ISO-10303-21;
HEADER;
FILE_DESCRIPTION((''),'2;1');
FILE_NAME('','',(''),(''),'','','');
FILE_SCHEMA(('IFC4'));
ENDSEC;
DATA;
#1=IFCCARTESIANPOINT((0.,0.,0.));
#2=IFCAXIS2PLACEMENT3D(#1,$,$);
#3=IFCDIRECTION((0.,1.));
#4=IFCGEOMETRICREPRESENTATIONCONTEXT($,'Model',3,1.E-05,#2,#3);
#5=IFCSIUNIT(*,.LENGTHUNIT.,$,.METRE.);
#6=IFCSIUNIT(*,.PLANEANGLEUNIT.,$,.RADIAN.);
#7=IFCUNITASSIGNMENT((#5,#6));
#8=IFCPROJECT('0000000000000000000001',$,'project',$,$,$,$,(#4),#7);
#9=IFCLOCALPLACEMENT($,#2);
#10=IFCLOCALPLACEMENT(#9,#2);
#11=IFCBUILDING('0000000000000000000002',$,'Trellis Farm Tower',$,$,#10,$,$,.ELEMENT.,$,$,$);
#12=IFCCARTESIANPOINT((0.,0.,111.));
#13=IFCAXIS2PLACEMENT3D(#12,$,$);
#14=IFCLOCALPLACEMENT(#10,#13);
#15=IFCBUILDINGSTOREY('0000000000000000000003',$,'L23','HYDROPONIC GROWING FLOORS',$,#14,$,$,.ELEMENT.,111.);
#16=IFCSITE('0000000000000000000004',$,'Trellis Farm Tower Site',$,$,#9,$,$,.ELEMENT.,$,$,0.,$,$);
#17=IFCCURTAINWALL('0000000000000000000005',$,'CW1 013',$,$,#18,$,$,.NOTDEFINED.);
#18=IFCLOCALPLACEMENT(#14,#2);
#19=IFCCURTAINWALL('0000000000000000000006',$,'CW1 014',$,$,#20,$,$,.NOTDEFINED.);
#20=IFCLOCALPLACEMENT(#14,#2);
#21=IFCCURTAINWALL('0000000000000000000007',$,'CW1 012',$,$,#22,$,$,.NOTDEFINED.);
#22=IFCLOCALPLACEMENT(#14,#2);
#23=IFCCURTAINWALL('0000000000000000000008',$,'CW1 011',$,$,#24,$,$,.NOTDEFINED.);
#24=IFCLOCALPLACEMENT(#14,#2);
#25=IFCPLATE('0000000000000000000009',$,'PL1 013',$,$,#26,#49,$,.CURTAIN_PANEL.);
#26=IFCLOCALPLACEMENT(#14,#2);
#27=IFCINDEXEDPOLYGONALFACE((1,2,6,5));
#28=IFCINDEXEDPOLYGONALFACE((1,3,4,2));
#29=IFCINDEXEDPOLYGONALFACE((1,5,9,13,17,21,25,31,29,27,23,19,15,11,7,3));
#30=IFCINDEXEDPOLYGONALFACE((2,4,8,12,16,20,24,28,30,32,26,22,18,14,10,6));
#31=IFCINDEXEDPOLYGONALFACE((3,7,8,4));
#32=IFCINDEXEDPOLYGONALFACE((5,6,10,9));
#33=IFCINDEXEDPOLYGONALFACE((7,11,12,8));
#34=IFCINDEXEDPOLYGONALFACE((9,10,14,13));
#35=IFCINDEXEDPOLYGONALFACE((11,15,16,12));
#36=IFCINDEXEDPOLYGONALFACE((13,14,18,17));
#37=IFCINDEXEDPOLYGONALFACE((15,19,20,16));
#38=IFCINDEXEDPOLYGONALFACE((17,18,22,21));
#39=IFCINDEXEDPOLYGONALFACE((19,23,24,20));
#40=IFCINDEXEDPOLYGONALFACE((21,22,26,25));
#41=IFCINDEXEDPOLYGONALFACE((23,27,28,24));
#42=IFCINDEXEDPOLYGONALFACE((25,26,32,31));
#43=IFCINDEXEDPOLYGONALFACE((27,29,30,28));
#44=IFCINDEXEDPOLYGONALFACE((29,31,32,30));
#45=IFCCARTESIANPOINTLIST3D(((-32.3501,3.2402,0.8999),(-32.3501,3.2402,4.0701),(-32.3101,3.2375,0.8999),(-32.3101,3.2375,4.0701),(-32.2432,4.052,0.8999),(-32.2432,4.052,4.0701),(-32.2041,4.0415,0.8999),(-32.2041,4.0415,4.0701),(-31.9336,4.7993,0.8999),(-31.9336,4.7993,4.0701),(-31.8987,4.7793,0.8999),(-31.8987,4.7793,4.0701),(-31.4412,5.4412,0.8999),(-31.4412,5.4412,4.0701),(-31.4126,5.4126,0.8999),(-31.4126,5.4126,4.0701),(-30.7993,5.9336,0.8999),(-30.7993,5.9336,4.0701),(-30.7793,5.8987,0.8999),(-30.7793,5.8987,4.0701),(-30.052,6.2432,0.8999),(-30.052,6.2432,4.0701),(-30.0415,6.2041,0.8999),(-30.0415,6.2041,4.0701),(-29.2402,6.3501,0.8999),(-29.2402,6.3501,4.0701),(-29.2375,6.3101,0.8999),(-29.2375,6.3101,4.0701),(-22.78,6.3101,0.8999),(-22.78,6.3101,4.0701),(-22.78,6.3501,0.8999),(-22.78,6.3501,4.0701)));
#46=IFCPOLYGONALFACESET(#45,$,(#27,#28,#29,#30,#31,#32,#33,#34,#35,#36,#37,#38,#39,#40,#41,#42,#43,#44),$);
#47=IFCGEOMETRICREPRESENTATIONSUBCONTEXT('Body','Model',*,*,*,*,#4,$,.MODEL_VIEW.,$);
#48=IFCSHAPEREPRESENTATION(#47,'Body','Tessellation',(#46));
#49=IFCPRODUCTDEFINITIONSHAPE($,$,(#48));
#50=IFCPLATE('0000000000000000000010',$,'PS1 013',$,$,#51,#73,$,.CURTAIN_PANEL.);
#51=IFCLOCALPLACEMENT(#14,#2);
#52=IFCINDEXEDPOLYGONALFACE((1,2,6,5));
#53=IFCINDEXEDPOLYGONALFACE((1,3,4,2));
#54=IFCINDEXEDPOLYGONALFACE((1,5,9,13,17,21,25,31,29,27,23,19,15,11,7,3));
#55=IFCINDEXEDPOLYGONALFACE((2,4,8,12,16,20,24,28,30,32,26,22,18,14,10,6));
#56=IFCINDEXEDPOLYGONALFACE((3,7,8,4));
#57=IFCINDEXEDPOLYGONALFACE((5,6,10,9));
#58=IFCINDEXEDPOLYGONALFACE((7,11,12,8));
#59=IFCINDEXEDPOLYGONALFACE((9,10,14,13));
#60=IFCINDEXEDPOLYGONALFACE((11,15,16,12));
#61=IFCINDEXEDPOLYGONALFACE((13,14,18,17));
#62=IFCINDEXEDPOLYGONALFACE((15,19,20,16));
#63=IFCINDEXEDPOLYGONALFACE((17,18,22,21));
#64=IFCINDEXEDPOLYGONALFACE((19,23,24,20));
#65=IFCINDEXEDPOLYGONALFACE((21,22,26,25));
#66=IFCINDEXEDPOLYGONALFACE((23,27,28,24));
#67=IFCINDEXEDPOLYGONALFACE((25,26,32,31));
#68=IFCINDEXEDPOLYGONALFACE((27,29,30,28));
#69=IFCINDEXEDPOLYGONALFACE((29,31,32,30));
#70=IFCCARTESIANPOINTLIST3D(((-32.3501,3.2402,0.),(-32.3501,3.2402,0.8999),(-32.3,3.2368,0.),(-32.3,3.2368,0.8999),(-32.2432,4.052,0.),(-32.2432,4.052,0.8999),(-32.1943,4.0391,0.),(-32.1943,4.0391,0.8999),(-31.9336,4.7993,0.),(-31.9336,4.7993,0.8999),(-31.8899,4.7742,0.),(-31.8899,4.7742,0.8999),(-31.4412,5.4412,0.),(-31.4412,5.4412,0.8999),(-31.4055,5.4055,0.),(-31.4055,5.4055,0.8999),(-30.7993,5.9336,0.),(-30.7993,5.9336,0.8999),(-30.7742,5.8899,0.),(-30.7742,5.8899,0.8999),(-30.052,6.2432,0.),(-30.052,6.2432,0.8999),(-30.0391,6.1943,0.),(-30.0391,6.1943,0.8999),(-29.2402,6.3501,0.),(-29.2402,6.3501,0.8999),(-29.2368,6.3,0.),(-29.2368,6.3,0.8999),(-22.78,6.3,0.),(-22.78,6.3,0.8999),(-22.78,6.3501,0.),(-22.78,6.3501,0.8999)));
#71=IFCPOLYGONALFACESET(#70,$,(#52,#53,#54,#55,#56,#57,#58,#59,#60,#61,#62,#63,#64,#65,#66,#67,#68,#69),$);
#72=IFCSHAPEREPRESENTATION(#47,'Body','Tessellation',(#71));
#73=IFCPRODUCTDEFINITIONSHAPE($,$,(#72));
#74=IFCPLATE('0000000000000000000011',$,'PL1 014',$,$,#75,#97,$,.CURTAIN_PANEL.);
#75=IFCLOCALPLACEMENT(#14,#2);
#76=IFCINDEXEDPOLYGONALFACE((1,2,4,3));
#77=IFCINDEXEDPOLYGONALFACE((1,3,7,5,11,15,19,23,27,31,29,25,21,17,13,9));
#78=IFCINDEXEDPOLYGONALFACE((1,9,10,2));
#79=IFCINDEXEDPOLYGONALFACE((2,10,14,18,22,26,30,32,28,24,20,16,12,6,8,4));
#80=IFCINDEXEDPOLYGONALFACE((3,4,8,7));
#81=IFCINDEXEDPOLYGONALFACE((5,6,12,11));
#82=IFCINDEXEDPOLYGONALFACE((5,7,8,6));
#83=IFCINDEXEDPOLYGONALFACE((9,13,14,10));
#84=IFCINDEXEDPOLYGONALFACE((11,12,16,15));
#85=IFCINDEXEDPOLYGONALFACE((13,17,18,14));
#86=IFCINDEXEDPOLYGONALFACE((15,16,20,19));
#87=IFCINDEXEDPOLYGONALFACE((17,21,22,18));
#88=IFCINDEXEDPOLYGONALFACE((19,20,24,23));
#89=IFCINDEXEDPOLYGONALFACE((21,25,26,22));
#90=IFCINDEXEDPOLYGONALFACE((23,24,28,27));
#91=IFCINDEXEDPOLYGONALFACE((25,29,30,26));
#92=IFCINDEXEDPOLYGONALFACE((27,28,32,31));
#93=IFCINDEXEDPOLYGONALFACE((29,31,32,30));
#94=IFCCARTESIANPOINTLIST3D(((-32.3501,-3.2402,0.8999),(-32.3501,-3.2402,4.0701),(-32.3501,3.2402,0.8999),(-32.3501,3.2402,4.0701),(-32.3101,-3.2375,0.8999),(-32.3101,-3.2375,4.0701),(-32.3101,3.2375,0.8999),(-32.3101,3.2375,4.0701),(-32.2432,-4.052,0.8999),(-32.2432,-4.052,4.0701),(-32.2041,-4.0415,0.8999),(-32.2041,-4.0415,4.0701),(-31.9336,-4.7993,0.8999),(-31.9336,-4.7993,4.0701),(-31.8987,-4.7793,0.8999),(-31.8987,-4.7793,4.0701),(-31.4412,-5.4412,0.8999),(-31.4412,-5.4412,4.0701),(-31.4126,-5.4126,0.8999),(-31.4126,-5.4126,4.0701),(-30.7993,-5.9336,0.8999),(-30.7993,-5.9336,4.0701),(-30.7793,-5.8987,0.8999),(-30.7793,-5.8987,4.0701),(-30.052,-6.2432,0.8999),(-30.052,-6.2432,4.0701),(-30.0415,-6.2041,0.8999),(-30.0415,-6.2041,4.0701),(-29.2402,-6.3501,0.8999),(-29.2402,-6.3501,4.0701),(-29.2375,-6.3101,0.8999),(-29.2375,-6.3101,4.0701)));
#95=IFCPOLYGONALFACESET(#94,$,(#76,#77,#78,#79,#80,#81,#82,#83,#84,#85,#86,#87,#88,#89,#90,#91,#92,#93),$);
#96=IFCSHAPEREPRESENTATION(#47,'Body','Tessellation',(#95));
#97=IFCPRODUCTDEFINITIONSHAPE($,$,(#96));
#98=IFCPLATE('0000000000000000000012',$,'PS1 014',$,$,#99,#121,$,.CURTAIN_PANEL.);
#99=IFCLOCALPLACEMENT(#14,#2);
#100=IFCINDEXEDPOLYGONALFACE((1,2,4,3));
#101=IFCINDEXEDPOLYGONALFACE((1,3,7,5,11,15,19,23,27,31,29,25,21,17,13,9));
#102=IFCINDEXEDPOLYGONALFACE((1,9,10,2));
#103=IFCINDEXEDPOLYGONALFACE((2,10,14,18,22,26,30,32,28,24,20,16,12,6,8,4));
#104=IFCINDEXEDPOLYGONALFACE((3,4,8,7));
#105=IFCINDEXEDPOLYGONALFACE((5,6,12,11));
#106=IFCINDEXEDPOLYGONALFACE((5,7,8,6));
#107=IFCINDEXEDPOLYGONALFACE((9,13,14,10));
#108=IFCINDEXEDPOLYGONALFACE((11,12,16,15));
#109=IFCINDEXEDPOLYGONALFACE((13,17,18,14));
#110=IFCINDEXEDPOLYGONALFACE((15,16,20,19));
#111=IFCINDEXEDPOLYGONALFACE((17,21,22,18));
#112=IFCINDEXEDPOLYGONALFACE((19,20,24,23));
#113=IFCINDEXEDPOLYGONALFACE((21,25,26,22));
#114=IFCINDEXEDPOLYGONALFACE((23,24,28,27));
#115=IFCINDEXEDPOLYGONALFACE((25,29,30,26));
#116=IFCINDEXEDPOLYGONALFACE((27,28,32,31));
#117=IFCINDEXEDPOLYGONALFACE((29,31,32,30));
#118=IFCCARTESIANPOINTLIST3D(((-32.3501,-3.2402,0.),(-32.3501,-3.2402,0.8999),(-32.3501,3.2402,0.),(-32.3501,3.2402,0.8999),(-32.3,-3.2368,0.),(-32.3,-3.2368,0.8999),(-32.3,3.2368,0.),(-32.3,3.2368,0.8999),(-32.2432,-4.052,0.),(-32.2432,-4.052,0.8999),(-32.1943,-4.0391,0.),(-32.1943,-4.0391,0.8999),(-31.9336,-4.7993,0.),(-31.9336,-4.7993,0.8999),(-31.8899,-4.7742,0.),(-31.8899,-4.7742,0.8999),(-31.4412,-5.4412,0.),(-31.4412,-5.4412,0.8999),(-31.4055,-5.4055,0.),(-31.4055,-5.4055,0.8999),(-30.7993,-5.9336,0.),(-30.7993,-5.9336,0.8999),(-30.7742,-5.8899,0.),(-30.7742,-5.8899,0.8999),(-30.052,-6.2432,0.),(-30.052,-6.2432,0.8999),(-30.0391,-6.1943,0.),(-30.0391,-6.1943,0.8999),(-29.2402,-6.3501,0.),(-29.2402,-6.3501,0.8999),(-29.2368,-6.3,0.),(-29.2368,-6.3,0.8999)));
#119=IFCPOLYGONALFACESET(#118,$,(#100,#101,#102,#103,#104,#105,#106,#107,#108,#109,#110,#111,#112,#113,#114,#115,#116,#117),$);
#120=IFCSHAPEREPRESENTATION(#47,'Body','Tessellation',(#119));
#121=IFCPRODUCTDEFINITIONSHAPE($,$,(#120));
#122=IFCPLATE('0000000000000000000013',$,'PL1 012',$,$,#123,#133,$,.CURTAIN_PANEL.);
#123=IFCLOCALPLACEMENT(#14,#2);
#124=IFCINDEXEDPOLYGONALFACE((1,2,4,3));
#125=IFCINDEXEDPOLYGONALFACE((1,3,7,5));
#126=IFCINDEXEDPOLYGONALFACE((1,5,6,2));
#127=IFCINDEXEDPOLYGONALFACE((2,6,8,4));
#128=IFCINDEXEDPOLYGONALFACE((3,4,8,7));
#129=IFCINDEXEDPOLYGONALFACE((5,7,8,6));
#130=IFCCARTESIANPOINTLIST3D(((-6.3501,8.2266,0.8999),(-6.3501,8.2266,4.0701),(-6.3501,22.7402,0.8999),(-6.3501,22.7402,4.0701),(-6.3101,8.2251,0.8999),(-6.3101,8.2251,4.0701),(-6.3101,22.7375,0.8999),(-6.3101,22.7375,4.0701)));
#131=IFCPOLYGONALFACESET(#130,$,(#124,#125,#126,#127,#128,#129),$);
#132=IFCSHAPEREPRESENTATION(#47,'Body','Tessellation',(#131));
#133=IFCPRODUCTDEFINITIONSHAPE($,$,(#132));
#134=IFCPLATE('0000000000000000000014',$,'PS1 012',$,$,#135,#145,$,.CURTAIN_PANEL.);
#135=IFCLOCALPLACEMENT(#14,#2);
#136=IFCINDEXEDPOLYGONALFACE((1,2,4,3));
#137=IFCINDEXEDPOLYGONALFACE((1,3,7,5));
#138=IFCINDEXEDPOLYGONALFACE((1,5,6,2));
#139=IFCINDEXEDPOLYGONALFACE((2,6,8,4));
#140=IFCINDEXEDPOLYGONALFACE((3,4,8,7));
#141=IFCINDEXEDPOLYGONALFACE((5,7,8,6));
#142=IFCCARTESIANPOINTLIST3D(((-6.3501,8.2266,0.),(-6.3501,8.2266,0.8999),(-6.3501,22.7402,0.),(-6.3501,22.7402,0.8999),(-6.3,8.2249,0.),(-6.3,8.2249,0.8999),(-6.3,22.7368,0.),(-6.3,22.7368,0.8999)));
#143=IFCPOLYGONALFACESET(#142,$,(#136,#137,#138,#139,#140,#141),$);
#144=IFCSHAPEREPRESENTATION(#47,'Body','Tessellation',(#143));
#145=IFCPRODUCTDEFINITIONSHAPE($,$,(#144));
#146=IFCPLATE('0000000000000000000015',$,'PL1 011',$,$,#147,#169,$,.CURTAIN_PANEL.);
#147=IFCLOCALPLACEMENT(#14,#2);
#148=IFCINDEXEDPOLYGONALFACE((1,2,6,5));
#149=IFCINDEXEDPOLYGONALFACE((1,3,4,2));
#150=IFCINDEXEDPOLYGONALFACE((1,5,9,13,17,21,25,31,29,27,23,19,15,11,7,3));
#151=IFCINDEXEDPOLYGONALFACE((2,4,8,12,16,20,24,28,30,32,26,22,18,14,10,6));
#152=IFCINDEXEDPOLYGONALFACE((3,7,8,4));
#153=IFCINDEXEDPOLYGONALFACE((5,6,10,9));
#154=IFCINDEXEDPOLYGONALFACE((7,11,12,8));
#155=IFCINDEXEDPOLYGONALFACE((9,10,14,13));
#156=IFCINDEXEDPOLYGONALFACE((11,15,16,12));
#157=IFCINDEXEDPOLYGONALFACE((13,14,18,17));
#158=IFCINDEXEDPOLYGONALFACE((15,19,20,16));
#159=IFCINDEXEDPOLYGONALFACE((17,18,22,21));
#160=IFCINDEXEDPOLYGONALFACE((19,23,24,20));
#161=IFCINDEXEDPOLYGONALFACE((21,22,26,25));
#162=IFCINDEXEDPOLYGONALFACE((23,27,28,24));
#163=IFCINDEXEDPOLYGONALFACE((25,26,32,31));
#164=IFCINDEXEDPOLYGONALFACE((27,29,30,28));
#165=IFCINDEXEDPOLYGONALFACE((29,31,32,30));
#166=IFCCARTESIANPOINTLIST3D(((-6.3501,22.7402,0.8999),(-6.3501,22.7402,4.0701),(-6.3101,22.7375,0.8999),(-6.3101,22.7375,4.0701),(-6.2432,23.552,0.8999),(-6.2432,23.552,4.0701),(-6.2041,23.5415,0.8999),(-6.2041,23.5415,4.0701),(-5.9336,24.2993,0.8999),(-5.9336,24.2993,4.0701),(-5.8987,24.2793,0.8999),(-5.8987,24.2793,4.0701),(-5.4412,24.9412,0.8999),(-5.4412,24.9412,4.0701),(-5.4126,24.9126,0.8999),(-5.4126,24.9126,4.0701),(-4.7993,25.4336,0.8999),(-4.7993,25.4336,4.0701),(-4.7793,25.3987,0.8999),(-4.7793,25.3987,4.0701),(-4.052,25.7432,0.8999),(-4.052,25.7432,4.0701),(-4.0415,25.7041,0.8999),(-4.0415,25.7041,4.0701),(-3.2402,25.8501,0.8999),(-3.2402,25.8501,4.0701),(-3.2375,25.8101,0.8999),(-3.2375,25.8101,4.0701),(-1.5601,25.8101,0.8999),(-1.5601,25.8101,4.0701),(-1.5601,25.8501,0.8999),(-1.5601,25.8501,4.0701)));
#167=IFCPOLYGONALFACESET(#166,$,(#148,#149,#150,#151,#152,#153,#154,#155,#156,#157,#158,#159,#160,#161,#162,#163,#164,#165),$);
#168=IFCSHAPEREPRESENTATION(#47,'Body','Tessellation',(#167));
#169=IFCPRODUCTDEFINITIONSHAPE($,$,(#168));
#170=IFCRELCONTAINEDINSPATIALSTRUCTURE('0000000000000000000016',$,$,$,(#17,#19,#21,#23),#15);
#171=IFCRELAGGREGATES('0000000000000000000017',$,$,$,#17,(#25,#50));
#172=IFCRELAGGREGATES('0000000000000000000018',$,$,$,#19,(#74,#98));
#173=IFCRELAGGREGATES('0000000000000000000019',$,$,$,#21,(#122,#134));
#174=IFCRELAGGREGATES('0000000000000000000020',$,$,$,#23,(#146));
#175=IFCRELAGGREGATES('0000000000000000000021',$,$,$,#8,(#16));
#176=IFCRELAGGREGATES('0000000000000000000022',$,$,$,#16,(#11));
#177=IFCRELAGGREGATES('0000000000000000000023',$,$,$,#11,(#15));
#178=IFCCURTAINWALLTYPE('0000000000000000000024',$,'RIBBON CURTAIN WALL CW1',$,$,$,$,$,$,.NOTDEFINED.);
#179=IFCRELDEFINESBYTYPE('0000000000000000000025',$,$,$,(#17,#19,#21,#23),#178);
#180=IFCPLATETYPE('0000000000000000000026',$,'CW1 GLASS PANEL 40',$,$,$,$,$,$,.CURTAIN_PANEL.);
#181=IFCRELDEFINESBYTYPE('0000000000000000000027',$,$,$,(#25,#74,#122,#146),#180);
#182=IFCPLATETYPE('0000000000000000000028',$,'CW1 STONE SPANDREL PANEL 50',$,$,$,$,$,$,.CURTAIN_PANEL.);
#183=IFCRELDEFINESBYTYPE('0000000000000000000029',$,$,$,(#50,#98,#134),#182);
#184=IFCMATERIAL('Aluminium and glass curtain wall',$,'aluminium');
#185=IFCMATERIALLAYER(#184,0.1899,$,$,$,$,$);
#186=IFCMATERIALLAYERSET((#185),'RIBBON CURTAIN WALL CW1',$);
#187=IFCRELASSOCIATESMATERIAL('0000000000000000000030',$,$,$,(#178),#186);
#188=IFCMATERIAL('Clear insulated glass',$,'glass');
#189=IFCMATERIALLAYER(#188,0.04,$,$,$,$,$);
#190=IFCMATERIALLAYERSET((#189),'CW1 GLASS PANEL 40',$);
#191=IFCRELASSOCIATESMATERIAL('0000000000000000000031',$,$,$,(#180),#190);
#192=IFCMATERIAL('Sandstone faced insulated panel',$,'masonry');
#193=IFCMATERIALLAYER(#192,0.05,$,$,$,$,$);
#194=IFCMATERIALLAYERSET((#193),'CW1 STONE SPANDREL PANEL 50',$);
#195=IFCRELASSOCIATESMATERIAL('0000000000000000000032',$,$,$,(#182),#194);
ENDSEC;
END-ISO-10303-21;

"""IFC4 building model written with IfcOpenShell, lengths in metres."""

from ifc_helpers import new_model, si_unit, direction, frame, origin, place, context, subcontext, project, spatial, polyline, outline, extrude, source, transform, mapped, material, layer, layer_set, type_object, element, aggregate, save


model = new_model("IFC4")

# Units and contexts
model_context = context("Model", 3, precision=1e-05, world=origin(), true_north=direction((0.0, 1.0)))
body_context = subcontext(model_context, "Body", "Model", "MODEL_VIEW")
ifc_project = project(units=[si_unit("LENGTHUNIT", "METRE"), si_unit("PLANEANGLEUNIT", "RADIAN")], contexts=[model_context])

# Site, building, storey
site_placement = place(None, origin())
site = spatial("IfcSite", under=ifc_project, at=site_placement, Name="Trellis Farm Tower Site", CompositionType="ELEMENT", RefElevation=0.0)
building_placement = place(site_placement, origin())
building = spatial("IfcBuilding", under=site, at=building_placement, Name="Trellis Farm Tower", CompositionType="ELEMENT")
storey_placement = place(building_placement, frame((0.0, 0.0, 111.0)))
storey = spatial("IfcBuildingStorey", under=building, at=storey_placement, Name="L23", Description="HYDROPONIC GROWING FLOORS", CompositionType="ELEMENT", Elevation=111.0)

# Curtain walls
ifc_material_1 = material(Name="Aluminium and glass curtain wall", Category="aluminium")
placement_1 = place(storey_placement, origin())
ifc_layer_1 = layer(ifc_material_1, 0.1899)
ifc_layer_set_1 = layer_set([ifc_layer_1], Name="RIBBON CURTAIN WALL CW1")
curtain_wall_type_1 = type_object("IfcCurtainWallType", Name="RIBBON CURTAIN WALL CW1", PredefinedType="NOTDEFINED", material=ifc_layer_set_1)
curtain_wall_1 = element("IfcCurtainWall", 1, at=placement_1, inside=storey, type_object=curtain_wall_type_1, Name="CW1 013", PredefinedType="NOTDEFINED")
curtain_wall_2 = element("IfcCurtainWall", 2, at=placement_1, inside=storey, type_object=curtain_wall_type_1, Name="CW1 014", PredefinedType="NOTDEFINED")
curtain_wall_3 = element("IfcCurtainWall", 3, at=placement_1, inside=storey, type_object=curtain_wall_type_1, Name="CW1 012", PredefinedType="NOTDEFINED")
curtain_wall_4 = element("IfcCurtainWall", 4, at=placement_1, inside=storey, type_object=curtain_wall_type_1, Name="CW1 011", PredefinedType="NOTDEFINED")

# Plates
ifc_material_2 = material(Name="Clear insulated glass", Category="glass")
ifc_layer_2 = layer(ifc_material_2, 0.04)
ifc_layer_set_2 = layer_set([ifc_layer_2], Name="CW1 GLASS PANEL 40")
plate_type_1 = type_object("IfcPlateType", Name="CW1 GLASS PANEL 40", PredefinedType="CURTAIN_PANEL", material=ifc_layer_set_2)
shared_shape_1 = source(origin(), body_context, "Body", "SweptSolid", [
    extrude(outline(polyline([(-22.78, 6.3501), (-29.2402, 6.3501), (-30.052, 6.2432), (-30.7993, 5.9336), (-31.4412, 5.4412), (-31.9336, 4.7993), (-32.2432, 4.052), (-32.3501, 3.2402), (-32.3101, 3.2375), (-32.2041, 4.0415), (-31.8987, 4.7793), (-31.4126, 5.4126), (-30.7793, 5.8987), (-30.0415, 6.2041), (-29.2375, 6.3101), (-22.78, 6.3101), (-22.78, 6.3501)])), origin(), (0.0, 0.0, 1.0), 3.1702),
])
placement_2 = place(storey_placement, frame((0.0, 0.0, 0.8999)))
plate_1 = element("IfcPlate", 5, at=placement_2, type_object=plate_type_1, Name="PL1 013", PredefinedType="CURTAIN_PANEL", context=body_context, shape_type="MappedRepresentation", body=[
    mapped(shared_shape_1, transform((0.0, 0.0, 0.0))),
])
ifc_material_3 = material(Name="Sandstone faced insulated panel", Category="masonry")
ifc_layer_3 = layer(ifc_material_3, 0.05)
ifc_layer_set_3 = layer_set([ifc_layer_3], Name="CW1 STONE SPANDREL PANEL 50")
plate_type_2 = type_object("IfcPlateType", Name="CW1 STONE SPANDREL PANEL 50", PredefinedType="CURTAIN_PANEL", material=ifc_layer_set_3)
shared_shape_2 = source(origin(), body_context, "Body", "SweptSolid", [
    extrude(outline(polyline([(-22.78, 6.3501), (-29.2402, 6.3501), (-30.052, 6.2432), (-30.7993, 5.9336), (-31.4412, 5.4412), (-31.9336, 4.7993), (-32.2432, 4.052), (-32.3501, 3.2402), (-32.3, 3.2368), (-32.1943, 4.0391), (-31.8899, 4.7742), (-31.4055, 5.4055), (-30.7742, 5.8899), (-30.0391, 6.1943), (-29.2368, 6.3), (-22.78, 6.3), (-22.78, 6.3501)])), origin(), (0.0, 0.0, 1.0), 0.8999),
])
plate_2 = element("IfcPlate", 6, at=placement_1, type_object=plate_type_2, Name="PS1 013", PredefinedType="CURTAIN_PANEL", context=body_context, shape_type="MappedRepresentation", body=[
    mapped(shared_shape_2, transform((0.0, 0.0, 0.0))),
])
aggregate(curtain_wall_1, [plate_1, plate_2])
shared_shape_3 = source(origin(), body_context, "Body", "SweptSolid", [
    extrude(outline(polyline([(-32.3501, 3.2402), (-32.3501, -3.2402), (-32.2432, -4.052), (-31.9336, -4.7993), (-31.4412, -5.4412), (-30.7993, -5.9336), (-30.052, -6.2432), (-29.2402, -6.3501), (-29.2375, -6.3101), (-30.0415, -6.2041), (-30.7793, -5.8987), (-31.4126, -5.4126), (-31.8987, -4.7793), (-32.2041, -4.0415), (-32.3101, -3.2375), (-32.3101, 3.2375), (-32.3501, 3.2402)])), origin(), (0.0, 0.0, 1.0), 3.1702),
])
plate_3 = element("IfcPlate", 7, at=placement_2, type_object=plate_type_1, Name="PL1 014", PredefinedType="CURTAIN_PANEL", context=body_context, shape_type="MappedRepresentation", body=[
    mapped(shared_shape_3, transform((0.0, 0.0, 0.0))),
])
shared_shape_4 = source(origin(), body_context, "Body", "SweptSolid", [
    extrude(outline(polyline([(-32.3501, 3.2402), (-32.3501, -3.2402), (-32.2432, -4.052), (-31.9336, -4.7993), (-31.4412, -5.4412), (-30.7993, -5.9336), (-30.052, -6.2432), (-29.2402, -6.3501), (-29.2368, -6.3), (-30.0391, -6.1943), (-30.7742, -5.8899), (-31.4055, -5.4055), (-31.8899, -4.7742), (-32.1943, -4.0391), (-32.3, -3.2368), (-32.3, 3.2368), (-32.3501, 3.2402)])), origin(), (0.0, 0.0, 1.0), 0.8999),
])
plate_4 = element("IfcPlate", 8, at=placement_1, type_object=plate_type_2, Name="PS1 014", PredefinedType="CURTAIN_PANEL", context=body_context, shape_type="MappedRepresentation", body=[
    mapped(shared_shape_4, transform((0.0, 0.0, 0.0))),
])
aggregate(curtain_wall_2, [plate_3, plate_4])
shared_shape_5 = source(origin(), body_context, "Body", "SweptSolid", [
    extrude(outline(polyline([(-6.3501, 22.7402), (-6.3501, 8.2266), (-6.3101, 8.2251), (-6.3101, 22.7375), (-6.3501, 22.7402)])), origin(), (0.0, 0.0, 1.0), 3.1702),
])
plate_5 = element("IfcPlate", 9, at=placement_2, type_object=plate_type_1, Name="PL1 012", PredefinedType="CURTAIN_PANEL", context=body_context, shape_type="MappedRepresentation", body=[
    mapped(shared_shape_5, transform((0.0, 0.0, 0.0))),
])
shared_shape_6 = source(origin(), body_context, "Body", "SweptSolid", [
    extrude(outline(polyline([(-6.3501, 22.7402), (-6.3501, 8.2266), (-6.3, 8.2249), (-6.3, 22.7368), (-6.3501, 22.7402)])), origin(), (0.0, 0.0, 1.0), 0.8999),
])
plate_6 = element("IfcPlate", 10, at=placement_1, type_object=plate_type_2, Name="PS1 012", PredefinedType="CURTAIN_PANEL", context=body_context, shape_type="MappedRepresentation", body=[
    mapped(shared_shape_6, transform((0.0, 0.0, 0.0))),
])
aggregate(curtain_wall_3, [plate_5, plate_6])
shared_shape_7 = source(origin(), body_context, "Body", "SweptSolid", [
    extrude(outline(polyline([(-1.5601, 25.8501), (-3.2402, 25.8501), (-4.052, 25.7432), (-4.7993, 25.4336), (-5.4412, 24.9412), (-5.9336, 24.2993), (-6.2432, 23.552), (-6.3501, 22.7402), (-6.3101, 22.7375), (-6.2041, 23.5415), (-5.8987, 24.2793), (-5.4126, 24.9126), (-4.7793, 25.3987), (-4.0415, 25.7041), (-3.2375, 25.8101), (-1.5601, 25.8101), (-1.5601, 25.8501)])), origin(), (0.0, 0.0, 1.0), 3.1702),
])
plate_7 = element("IfcPlate", 11, at=placement_2, type_object=plate_type_1, Name="PL1 011", PredefinedType="CURTAIN_PANEL", context=body_context, shape_type="MappedRepresentation", body=[
    mapped(shared_shape_7, transform((0.0, 0.0, 0.0))),
])
aggregate(curtain_wall_4, [plate_7])

save(model, "model.ifc")
